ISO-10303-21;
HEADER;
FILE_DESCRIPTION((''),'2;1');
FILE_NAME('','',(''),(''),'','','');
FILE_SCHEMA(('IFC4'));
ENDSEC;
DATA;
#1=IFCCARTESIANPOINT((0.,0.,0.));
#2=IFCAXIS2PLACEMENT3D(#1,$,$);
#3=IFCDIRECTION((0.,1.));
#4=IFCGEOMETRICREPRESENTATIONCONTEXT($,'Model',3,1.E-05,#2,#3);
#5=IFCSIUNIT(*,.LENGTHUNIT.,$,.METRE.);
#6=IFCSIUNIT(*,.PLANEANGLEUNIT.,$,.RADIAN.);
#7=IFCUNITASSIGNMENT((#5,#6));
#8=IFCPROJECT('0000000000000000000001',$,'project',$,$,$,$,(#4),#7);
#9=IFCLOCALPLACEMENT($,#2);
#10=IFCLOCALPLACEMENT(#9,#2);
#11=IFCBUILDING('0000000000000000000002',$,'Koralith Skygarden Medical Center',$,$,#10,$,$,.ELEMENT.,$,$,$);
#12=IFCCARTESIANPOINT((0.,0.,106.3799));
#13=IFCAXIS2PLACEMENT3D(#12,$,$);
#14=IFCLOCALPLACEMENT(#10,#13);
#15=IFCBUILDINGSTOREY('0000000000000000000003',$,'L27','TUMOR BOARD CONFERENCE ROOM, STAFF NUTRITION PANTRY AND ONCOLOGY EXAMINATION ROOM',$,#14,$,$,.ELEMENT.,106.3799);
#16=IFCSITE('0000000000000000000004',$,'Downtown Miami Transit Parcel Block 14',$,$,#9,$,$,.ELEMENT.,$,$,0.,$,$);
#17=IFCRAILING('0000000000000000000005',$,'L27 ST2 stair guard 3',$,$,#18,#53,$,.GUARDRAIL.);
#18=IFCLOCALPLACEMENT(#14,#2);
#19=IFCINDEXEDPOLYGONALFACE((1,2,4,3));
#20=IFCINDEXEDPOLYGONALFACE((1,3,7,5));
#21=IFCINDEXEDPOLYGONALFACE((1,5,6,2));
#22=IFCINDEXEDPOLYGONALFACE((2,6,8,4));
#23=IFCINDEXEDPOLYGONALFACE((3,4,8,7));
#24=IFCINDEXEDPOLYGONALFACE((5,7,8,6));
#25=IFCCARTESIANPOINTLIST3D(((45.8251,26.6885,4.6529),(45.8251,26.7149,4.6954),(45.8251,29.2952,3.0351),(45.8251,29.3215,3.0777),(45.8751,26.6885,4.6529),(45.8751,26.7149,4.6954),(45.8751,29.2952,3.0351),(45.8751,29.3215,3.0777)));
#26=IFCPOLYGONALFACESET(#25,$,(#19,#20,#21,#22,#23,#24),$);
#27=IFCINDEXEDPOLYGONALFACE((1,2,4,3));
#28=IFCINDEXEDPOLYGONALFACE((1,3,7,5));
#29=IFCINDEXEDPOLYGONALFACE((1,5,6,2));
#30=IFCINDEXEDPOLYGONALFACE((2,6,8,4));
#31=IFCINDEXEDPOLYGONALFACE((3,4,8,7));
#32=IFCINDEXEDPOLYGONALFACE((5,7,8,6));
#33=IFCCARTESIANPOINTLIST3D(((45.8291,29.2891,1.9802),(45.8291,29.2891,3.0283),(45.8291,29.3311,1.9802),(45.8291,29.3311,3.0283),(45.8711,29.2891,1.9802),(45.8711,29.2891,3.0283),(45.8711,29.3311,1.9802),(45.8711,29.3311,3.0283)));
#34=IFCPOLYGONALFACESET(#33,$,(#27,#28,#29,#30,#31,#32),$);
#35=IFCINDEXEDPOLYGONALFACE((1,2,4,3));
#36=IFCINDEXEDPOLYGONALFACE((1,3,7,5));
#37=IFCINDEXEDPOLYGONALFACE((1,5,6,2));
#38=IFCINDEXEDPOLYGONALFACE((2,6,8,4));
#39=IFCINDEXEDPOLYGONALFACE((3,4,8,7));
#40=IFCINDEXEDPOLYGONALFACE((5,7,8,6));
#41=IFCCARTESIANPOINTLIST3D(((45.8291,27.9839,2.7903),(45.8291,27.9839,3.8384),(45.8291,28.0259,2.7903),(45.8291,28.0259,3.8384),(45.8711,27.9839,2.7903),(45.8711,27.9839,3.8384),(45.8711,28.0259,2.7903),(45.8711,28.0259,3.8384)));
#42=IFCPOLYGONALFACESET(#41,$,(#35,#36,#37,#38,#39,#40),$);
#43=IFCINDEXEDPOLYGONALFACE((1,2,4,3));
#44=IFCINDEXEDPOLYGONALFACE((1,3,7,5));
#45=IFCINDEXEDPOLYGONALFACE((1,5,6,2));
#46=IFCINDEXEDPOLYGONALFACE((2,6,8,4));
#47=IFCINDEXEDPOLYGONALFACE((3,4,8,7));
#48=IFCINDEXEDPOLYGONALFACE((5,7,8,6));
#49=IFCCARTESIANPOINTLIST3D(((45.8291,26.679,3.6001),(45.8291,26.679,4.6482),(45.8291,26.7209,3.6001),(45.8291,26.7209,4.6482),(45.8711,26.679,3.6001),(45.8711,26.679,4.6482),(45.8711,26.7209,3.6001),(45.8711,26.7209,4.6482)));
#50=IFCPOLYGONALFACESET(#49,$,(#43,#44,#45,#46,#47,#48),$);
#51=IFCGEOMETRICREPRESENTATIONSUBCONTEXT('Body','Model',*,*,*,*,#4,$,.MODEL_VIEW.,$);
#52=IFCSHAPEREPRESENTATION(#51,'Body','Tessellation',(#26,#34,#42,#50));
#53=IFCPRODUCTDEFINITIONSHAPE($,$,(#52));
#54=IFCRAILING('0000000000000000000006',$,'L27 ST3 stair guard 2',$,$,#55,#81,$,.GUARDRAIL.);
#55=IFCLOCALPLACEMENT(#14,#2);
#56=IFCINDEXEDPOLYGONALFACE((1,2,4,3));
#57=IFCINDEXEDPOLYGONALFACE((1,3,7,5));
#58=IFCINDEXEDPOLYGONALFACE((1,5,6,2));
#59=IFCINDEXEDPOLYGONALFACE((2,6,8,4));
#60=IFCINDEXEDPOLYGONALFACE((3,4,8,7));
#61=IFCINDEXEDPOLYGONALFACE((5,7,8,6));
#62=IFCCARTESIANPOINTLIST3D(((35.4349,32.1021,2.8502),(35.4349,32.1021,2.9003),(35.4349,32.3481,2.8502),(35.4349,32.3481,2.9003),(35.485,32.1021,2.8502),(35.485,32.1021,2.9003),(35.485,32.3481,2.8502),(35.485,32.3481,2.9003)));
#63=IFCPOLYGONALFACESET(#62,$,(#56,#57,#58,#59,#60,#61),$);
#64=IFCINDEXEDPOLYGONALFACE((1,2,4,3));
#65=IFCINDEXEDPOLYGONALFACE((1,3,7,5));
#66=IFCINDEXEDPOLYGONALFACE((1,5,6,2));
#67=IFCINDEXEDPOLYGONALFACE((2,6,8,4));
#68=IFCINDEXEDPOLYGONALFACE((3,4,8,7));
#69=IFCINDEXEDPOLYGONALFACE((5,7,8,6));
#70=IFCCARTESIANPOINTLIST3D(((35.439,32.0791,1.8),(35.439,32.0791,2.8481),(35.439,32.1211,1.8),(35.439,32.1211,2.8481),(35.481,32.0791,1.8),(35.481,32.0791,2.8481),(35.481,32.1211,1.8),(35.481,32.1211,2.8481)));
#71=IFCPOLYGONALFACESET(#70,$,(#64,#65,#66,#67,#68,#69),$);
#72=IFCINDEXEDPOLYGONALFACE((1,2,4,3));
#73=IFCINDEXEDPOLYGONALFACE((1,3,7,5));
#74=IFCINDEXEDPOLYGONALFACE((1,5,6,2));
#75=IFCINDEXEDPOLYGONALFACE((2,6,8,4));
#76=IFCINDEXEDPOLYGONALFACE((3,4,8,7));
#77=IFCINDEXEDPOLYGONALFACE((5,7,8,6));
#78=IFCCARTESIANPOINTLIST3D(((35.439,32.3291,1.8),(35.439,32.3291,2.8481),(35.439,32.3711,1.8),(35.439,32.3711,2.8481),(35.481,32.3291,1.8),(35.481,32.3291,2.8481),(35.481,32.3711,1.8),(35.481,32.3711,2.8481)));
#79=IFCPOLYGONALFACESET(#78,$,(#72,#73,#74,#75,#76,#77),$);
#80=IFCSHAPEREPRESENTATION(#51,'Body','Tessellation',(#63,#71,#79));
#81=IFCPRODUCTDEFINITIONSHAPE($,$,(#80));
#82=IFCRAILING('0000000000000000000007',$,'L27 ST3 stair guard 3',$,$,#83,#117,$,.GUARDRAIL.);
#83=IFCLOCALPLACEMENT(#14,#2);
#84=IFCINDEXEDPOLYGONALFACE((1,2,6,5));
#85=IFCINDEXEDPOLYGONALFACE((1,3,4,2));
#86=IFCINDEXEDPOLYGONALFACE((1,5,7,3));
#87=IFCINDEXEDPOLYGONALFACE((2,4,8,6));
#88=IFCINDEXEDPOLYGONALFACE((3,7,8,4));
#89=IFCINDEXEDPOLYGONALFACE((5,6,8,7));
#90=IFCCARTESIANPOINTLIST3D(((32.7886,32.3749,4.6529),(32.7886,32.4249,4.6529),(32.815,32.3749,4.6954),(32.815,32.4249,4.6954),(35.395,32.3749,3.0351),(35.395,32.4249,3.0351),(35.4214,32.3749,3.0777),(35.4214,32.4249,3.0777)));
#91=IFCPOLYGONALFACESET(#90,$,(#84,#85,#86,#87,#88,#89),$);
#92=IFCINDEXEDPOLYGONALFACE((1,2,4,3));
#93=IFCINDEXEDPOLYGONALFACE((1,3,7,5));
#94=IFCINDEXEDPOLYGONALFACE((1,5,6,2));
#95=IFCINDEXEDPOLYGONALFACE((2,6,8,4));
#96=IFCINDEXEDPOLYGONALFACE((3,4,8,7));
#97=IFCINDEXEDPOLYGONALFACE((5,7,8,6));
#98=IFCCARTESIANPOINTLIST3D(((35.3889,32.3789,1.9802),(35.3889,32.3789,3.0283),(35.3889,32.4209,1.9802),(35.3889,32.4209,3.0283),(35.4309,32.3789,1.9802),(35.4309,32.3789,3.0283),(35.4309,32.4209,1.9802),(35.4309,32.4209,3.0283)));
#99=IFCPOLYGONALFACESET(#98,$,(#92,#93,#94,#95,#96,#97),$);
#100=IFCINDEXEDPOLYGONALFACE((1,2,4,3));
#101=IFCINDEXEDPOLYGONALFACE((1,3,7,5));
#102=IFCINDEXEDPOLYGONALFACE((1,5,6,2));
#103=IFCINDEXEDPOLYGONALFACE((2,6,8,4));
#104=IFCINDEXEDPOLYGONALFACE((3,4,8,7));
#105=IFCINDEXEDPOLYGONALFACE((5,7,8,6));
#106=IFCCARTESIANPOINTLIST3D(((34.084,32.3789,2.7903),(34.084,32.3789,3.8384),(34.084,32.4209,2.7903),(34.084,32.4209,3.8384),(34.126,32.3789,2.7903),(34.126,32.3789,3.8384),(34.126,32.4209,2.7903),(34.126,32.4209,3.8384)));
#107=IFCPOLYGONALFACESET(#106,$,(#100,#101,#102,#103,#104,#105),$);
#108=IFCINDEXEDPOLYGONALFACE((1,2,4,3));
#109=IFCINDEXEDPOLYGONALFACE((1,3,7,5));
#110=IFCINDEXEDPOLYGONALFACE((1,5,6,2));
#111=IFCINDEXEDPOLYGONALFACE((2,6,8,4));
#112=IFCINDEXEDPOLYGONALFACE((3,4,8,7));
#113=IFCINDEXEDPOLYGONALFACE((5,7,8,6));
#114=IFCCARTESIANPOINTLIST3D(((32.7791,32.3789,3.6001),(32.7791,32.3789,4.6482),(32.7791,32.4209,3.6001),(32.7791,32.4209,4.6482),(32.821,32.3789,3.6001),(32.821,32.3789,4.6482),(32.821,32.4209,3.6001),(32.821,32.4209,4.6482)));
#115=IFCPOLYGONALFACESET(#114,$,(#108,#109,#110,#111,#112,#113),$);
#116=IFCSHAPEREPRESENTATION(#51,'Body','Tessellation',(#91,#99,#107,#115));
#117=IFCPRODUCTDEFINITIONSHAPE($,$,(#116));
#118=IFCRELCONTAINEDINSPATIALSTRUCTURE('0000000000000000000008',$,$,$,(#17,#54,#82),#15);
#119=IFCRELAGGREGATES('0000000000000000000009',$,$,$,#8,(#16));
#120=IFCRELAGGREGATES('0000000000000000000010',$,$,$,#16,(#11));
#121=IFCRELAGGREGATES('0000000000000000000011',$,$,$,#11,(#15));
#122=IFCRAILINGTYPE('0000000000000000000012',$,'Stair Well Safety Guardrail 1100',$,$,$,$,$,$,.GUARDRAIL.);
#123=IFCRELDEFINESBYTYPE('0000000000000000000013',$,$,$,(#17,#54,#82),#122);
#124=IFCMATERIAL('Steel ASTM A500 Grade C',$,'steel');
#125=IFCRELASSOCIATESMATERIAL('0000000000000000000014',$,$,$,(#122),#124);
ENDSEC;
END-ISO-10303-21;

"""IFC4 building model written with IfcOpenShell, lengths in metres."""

from ifc_helpers import new_model, si_unit, direction, frame, origin, origin_2d, place, context, subcontext, project, spatial, rectangle, extrude, material, type_object, element, save


model = new_model("IFC4")

# Units and contexts
model_context = context("Model", 3, precision=1e-05, world=origin(), true_north=direction((0.0, 1.0)))
body_context = subcontext(model_context, "Body", "Model", "MODEL_VIEW")
ifc_project = project(units=[si_unit("LENGTHUNIT", "METRE"), si_unit("PLANEANGLEUNIT", "RADIAN")], contexts=[model_context])

# Site, building, storey
site_placement = place(None, origin())
site = spatial("IfcSite", under=ifc_project, at=site_placement, Name="Downtown Miami Transit Parcel Block 14", CompositionType="ELEMENT", RefElevation=0.0)
building_placement = place(site_placement, origin())
building = spatial("IfcBuilding", under=site, at=building_placement, Name="Koralith Skygarden Medical Center", CompositionType="ELEMENT")
storey_placement = place(building_placement, frame((0.0, 0.0, 106.3799)))
storey = spatial("IfcBuildingStorey", under=building, at=storey_placement, Name="L27", Description="TUMOR BOARD CONFERENCE ROOM, STAFF NUTRITION PANTRY AND ONCOLOGY EXAMINATION ROOM", CompositionType="ELEMENT", Elevation=106.3799)

# Railings
ifc_material_1 = material(Name="Steel ASTM A500 Grade C", Category="steel")
railing_type_1 = type_object("IfcRailingType", Name="Stair Well Safety Guardrail 1100", PredefinedType="GUARDRAIL", material=ifc_material_1)
railing_1_placement = place(storey_placement, frame((45.8501, 29.3101, 1.9802)))
element("IfcRailing", 1, at=railing_1_placement, inside=storey, type_object=railing_type_1, Name="L27 ST2 stair guard 3", PredefinedType="GUARDRAIL", context=body_context, shape_type="SweptSolid", body=[
    extrude(rectangle(XDim=0.05, YDim=0.05, at=origin_2d()), frame((0.0, -0.0017, 1.0762), z_axis=(0.0, -0.849668, 0.527317), x_axis=(1.0, 0.0, 0.0)), (0.0, 0.0, 1.0), 3.0679),
    extrude(rectangle(XDim=0.042, YDim=0.042, at=origin_2d()), origin(), (0.0, 0.0, 1.0), 1.0481),
    extrude(rectangle(XDim=0.042, YDim=0.042, at=origin_2d()), frame((0.0, -1.3052, 0.8101)), (0.0, 0.0, 1.0), 1.0481),
    extrude(rectangle(XDim=0.042, YDim=0.042, at=origin_2d()), frame((0.0, -2.6101, 1.6199)), (0.0, 0.0, 1.0), 1.0481),
])
railing_2_placement = place(storey_placement, frame((35.46, 32.1001, 1.8)))
element("IfcRailing", 2, at=railing_2_placement, inside=storey, type_object=railing_type_1, Name="L27 ST3 stair guard 2", PredefinedType="GUARDRAIL", context=body_context, shape_type="SweptSolid", body=[
    extrude(rectangle(XDim=0.05, YDim=0.05, at=origin_2d()), frame((0.0, 0.002, 1.0752), z_axis=(0.0, 1.0, 0.0), x_axis=(-1.0, 0.0, 0.0)), (0.0, 0.0, 1.0), 0.2461),
    extrude(rectangle(XDim=0.042, YDim=0.042, at=origin_2d()), origin(), (0.0, 0.0, 1.0), 1.0481),
    extrude(rectangle(XDim=0.042, YDim=0.042, at=origin_2d()), frame((0.0, 0.25, 0.0)), (0.0, 0.0, 1.0), 1.0481),
])
railing_3_placement = place(storey_placement, frame((35.4099, 32.3999, 1.9802)))
element("IfcRailing", 3, at=railing_3_placement, inside=storey, type_object=railing_type_1, Name="L27 ST3 stair guard 3", PredefinedType="GUARDRAIL", context=body_context, shape_type="SweptSolid", body=[
    extrude(rectangle(XDim=0.05, YDim=0.05, at=origin_2d()), frame((-0.0017, 0.0, 1.0762), z_axis=(-0.849646, 0.0, 0.527353), x_axis=(0.0, -1.0, 0.0)), (0.0, 0.0, 1.0), 3.0676),
    extrude(rectangle(XDim=0.042, YDim=0.042, at=origin_2d()), origin(), (0.0, 0.0, 1.0), 1.0481),
    extrude(rectangle(XDim=0.042, YDim=0.042, at=origin_2d()), frame((-1.3049, 0.0, 0.8101)), (0.0, 0.0, 1.0), 1.0481),
    extrude(rectangle(XDim=0.042, YDim=0.042, at=origin_2d()), frame((-2.6099, 0.0, 1.6199)), (0.0, 0.0, 1.0), 1.0481),
])

save(model, "model.ifc")
